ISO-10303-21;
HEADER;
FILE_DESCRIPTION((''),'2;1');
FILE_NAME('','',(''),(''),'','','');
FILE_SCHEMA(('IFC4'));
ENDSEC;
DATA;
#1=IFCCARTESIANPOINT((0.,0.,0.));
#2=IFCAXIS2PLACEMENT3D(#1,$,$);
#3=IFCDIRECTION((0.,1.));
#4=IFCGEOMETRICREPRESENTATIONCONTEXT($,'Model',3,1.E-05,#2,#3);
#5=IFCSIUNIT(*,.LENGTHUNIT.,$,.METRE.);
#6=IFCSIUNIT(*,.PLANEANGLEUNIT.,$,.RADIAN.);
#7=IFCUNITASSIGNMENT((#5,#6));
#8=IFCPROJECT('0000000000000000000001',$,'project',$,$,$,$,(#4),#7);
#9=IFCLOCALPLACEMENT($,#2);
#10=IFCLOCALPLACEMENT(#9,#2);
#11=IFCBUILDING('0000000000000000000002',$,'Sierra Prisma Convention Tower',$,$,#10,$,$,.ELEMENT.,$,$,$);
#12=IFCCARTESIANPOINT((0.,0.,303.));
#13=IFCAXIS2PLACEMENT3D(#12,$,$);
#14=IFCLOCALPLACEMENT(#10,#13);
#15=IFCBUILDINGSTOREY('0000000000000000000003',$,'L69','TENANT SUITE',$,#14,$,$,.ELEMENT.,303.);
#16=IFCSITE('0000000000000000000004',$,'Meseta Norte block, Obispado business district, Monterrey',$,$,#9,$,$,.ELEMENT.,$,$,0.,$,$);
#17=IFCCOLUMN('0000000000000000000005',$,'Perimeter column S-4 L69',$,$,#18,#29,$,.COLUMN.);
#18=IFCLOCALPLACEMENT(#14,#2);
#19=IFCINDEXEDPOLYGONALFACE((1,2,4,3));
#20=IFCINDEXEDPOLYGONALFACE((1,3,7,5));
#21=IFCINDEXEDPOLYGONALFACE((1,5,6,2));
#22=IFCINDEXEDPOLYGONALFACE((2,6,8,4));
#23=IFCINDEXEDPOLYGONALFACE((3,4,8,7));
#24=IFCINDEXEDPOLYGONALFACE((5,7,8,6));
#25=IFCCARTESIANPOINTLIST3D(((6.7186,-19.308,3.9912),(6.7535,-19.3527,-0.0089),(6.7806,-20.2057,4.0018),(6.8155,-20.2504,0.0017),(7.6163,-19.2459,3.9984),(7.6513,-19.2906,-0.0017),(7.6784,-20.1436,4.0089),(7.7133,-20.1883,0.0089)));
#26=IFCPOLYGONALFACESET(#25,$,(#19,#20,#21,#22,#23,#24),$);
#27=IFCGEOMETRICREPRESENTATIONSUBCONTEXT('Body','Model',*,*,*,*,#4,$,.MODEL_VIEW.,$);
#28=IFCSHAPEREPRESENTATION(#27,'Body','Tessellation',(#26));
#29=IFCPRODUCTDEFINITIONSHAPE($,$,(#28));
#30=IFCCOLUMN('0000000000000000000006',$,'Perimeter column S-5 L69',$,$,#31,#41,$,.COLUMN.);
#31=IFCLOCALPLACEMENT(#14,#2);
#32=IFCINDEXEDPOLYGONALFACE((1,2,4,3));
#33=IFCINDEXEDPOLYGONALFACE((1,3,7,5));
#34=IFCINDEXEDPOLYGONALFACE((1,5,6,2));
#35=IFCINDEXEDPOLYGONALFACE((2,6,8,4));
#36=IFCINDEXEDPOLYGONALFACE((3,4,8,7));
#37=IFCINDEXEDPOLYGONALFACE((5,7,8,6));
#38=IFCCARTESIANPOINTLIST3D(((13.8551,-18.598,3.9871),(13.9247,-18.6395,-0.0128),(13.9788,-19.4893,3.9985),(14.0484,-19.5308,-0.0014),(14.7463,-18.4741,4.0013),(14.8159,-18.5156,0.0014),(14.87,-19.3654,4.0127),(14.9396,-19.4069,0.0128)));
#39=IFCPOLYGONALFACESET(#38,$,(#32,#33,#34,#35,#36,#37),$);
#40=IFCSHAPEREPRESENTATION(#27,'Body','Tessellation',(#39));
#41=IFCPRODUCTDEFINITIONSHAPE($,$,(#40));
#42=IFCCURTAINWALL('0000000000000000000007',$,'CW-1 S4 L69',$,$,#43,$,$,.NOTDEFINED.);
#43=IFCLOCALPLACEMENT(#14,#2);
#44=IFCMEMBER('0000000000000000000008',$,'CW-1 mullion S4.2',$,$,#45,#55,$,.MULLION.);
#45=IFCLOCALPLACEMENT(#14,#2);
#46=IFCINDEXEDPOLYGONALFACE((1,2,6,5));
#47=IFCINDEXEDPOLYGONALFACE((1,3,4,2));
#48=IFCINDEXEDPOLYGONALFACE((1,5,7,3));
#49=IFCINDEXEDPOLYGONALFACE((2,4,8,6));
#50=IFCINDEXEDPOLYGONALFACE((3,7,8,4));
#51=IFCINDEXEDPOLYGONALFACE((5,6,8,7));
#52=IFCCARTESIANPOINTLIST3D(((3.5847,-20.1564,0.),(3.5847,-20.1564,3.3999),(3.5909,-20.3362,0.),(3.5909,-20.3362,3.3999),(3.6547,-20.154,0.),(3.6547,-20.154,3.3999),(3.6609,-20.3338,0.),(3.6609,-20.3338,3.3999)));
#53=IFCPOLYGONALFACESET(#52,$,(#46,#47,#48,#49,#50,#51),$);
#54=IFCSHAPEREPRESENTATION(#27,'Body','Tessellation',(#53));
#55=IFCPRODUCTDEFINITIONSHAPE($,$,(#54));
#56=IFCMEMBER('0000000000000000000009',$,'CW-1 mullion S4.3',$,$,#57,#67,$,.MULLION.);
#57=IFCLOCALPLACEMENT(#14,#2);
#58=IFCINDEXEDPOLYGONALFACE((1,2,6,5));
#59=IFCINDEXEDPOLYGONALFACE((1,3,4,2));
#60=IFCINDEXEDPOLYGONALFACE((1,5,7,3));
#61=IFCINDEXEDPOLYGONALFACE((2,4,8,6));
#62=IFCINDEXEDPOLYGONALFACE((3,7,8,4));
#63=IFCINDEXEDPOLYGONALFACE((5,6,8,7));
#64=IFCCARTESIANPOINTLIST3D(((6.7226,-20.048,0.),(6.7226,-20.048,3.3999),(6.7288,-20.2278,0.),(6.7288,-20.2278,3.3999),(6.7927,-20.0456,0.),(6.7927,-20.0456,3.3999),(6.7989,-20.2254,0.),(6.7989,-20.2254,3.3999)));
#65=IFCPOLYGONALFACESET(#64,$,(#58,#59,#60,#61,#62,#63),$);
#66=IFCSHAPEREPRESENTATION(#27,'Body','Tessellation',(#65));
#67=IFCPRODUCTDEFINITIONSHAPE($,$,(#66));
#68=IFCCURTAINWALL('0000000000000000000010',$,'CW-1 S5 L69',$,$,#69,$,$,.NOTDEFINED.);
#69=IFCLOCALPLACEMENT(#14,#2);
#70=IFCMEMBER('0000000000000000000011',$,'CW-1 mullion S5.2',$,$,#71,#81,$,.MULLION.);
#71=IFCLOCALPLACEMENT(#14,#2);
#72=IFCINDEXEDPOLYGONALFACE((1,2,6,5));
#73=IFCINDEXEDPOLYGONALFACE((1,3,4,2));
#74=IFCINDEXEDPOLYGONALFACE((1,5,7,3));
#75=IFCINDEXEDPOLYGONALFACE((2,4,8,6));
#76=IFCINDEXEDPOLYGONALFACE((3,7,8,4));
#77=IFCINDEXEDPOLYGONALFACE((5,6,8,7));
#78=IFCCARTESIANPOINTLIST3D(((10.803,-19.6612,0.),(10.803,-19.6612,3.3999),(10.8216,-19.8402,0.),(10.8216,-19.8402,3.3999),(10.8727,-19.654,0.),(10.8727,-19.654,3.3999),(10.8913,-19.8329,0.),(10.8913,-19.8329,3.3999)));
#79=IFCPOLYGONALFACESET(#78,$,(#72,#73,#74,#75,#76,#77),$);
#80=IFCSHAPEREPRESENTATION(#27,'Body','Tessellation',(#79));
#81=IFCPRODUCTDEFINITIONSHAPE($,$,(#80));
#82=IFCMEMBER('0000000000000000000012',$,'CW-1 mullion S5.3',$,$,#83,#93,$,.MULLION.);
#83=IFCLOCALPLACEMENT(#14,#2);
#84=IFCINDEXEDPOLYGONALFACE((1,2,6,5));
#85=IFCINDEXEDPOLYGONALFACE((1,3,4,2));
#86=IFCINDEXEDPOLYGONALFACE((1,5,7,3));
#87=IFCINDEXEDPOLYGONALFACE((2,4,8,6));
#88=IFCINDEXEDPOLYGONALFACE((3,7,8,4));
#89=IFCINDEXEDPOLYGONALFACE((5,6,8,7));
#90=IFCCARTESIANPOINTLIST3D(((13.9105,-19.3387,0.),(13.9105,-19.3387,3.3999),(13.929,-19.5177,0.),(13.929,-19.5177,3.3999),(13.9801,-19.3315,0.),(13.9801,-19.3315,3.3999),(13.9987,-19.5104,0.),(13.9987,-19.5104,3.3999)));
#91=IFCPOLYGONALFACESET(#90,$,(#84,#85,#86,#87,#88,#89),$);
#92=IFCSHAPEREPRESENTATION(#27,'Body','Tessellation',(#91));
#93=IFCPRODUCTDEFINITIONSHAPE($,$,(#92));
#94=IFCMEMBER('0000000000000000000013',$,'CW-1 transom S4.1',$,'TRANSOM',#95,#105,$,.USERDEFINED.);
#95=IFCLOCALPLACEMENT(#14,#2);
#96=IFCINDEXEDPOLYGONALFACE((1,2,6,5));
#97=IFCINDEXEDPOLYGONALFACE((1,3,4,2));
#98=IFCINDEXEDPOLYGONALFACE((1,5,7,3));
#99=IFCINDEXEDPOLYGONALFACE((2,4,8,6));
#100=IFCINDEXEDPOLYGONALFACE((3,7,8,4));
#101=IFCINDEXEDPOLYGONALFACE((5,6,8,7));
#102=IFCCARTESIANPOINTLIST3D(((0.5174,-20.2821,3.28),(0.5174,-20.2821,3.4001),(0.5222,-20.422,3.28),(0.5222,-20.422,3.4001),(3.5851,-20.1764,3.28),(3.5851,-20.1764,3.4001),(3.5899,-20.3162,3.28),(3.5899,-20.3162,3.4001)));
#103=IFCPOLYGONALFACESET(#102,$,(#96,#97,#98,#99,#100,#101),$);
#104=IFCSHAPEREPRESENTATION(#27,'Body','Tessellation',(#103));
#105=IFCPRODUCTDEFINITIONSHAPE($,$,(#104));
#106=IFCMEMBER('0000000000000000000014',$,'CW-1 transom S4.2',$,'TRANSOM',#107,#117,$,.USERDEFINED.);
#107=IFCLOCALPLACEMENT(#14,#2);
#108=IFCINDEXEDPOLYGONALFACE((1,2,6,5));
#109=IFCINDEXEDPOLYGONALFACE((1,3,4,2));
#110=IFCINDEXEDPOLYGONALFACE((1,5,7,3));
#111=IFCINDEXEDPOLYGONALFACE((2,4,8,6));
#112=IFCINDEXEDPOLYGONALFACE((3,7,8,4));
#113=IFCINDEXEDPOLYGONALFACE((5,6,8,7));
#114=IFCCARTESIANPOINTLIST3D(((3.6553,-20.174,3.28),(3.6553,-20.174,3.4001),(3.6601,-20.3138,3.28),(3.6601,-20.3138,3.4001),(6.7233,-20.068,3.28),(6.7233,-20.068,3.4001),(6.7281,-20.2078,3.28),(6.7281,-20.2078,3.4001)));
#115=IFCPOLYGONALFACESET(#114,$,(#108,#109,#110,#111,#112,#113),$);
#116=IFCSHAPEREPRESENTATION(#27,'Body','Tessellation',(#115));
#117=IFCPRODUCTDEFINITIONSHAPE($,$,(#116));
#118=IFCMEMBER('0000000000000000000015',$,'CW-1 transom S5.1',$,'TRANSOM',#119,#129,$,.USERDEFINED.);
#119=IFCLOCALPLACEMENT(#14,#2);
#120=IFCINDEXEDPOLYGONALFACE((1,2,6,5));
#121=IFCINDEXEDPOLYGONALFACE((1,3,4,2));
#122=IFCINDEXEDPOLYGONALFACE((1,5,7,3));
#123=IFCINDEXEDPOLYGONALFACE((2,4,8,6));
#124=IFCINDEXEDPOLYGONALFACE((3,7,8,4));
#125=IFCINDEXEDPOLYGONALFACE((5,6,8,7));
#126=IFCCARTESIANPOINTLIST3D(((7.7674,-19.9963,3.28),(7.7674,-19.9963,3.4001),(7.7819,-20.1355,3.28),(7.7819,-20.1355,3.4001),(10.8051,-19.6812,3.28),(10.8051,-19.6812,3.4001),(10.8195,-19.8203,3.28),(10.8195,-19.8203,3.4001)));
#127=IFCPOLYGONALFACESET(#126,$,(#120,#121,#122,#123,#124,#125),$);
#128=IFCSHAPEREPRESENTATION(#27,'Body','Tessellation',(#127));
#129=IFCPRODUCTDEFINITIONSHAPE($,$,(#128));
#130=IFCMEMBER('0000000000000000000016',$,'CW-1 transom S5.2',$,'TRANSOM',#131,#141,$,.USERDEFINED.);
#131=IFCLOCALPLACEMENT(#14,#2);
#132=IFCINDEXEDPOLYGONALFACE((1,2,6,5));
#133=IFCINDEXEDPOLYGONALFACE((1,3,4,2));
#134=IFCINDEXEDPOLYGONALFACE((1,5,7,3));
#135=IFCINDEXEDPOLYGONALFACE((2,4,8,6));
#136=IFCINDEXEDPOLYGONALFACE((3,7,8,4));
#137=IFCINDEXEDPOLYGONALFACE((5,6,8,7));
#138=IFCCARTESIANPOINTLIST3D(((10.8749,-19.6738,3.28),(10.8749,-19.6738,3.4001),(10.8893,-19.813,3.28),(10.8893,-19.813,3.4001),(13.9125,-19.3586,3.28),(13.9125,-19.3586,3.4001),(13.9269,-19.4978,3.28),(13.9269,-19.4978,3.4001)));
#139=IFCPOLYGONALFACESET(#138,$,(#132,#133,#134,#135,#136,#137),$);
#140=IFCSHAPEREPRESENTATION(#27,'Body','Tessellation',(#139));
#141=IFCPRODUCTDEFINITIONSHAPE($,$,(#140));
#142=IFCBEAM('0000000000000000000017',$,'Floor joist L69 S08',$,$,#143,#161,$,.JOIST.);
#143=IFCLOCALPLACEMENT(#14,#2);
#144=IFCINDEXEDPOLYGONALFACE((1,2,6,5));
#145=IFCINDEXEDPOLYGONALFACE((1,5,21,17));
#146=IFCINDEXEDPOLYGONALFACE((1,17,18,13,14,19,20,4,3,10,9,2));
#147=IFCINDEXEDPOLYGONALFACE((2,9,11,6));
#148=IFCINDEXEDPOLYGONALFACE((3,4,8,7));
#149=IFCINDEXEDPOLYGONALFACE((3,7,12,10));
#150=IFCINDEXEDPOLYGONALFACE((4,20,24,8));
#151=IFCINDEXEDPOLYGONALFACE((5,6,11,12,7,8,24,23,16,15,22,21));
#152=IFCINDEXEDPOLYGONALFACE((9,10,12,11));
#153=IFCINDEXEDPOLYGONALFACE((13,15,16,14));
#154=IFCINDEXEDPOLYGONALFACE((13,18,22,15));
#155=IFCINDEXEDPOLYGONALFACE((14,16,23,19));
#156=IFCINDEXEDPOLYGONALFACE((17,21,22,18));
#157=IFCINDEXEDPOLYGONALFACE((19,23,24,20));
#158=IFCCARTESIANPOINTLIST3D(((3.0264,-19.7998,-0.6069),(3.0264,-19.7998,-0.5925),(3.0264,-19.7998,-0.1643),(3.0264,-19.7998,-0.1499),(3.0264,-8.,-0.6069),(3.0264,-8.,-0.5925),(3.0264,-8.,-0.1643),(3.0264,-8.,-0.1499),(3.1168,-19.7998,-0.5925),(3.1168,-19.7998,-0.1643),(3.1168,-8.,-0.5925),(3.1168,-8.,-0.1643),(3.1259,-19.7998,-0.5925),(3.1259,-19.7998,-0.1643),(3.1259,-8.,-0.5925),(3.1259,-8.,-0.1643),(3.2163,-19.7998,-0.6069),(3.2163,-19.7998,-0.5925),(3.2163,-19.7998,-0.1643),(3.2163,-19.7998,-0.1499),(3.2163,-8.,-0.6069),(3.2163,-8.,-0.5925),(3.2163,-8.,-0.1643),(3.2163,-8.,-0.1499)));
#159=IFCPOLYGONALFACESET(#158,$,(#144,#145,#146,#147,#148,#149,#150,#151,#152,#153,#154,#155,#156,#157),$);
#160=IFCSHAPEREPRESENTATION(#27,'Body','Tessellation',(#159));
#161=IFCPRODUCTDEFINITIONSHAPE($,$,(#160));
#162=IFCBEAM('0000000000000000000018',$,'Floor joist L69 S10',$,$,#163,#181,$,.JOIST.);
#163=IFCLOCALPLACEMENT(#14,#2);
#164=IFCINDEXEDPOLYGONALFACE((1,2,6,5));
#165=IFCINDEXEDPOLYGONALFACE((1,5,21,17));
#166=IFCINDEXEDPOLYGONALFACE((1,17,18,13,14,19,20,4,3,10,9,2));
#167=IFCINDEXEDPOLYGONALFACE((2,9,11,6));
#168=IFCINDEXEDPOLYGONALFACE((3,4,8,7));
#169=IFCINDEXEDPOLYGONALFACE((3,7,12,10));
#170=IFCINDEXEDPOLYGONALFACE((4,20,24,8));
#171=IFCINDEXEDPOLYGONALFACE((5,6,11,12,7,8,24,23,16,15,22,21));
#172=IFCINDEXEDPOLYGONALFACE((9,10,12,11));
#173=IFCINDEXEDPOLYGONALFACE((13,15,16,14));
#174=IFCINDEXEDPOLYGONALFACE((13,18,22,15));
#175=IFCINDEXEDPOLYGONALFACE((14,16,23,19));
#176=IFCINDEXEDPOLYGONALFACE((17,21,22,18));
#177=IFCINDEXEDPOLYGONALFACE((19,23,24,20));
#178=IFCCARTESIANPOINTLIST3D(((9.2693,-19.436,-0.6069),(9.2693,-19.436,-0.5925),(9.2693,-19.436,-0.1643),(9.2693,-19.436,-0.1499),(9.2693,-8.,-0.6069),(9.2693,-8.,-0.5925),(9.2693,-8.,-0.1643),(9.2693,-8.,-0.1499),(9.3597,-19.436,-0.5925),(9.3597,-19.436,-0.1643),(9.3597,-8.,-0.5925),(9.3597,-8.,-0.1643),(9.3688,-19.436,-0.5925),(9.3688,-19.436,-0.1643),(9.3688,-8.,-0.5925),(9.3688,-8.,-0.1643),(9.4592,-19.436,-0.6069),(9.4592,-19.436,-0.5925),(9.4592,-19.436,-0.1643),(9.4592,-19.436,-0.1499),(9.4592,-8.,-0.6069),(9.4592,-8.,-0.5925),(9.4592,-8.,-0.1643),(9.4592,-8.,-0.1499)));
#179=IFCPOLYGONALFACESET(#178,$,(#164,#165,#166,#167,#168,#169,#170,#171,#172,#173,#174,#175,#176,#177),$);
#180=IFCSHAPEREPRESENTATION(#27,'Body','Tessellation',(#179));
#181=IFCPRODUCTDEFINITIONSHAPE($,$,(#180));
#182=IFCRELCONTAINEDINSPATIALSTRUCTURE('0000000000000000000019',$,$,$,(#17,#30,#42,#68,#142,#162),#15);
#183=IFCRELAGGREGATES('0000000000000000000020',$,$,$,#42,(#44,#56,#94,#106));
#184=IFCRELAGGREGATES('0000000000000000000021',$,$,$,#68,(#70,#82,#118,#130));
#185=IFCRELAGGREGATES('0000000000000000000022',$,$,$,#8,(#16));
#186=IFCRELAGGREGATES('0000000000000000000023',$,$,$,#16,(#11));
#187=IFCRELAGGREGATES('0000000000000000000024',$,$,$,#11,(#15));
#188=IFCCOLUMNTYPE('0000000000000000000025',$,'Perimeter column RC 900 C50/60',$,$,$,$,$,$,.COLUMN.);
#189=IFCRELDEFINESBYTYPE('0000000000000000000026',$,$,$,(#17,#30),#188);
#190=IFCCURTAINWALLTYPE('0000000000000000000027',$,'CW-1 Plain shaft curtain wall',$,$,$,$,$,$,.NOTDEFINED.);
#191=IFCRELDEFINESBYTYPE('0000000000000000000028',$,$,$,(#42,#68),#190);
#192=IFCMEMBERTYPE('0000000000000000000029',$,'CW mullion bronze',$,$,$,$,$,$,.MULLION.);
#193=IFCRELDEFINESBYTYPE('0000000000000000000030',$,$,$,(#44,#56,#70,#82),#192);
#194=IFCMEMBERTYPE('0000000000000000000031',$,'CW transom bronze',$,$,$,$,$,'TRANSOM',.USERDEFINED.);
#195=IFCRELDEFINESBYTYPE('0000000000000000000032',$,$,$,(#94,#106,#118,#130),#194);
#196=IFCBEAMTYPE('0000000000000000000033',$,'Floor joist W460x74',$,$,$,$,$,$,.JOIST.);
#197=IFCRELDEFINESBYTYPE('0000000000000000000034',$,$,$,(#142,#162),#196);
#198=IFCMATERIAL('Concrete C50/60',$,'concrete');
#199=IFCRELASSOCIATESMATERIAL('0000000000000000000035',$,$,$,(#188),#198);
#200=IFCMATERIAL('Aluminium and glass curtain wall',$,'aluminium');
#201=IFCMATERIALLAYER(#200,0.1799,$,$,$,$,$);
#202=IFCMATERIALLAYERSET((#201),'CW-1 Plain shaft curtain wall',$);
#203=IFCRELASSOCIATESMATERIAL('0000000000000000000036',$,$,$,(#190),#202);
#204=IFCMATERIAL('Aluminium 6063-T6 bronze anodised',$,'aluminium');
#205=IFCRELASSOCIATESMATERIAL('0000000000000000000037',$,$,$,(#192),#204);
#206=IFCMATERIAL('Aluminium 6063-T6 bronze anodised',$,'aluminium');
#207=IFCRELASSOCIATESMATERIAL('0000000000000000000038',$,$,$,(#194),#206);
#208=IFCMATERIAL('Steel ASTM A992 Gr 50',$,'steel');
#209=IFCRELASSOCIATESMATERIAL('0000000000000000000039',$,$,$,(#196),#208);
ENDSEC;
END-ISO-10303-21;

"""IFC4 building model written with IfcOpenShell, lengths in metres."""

from ifc_helpers import new_model, si_unit, direction, frame, origin, origin_2d, place, context, subcontext, project, spatial, rectangle, i_section, extrude, material, layer, layer_set, material_profile, profile_set, type_object, element, aggregate, save


model = new_model("IFC4")

# Units and contexts
model_context = context("Model", 3, precision=1e-05, world=origin(), true_north=direction((0.0, 1.0)))
body_context = subcontext(model_context, "Body", "Model", "MODEL_VIEW")
ifc_project = project(units=[si_unit("LENGTHUNIT", "METRE"), si_unit("PLANEANGLEUNIT", "RADIAN")], contexts=[model_context])

# Site, building, storey
site_placement = place(None, origin())
site = spatial("IfcSite", under=ifc_project, at=site_placement, Name="Meseta Norte block, Obispado business district, Monterrey", CompositionType="ELEMENT", RefElevation=0.0)
building_placement = place(site_placement, origin())
building = spatial("IfcBuilding", under=site, at=building_placement, Name="Sierra Prisma Convention Tower", CompositionType="ELEMENT")
storey_placement = place(building_placement, frame((0.0, 0.0, 303.0)))
storey = spatial("IfcBuildingStorey", under=building, at=storey_placement, Name="L69", Description="TENANT SUITE", CompositionType="ELEMENT", Elevation=303.0)

# Columns
ifc_material_1 = material(Name="Concrete C50/60", Category="concrete")
ifc_material_profile_1 = material_profile(ifc_material_1, rectangle(XDim=0.8999, YDim=0.8999, at=origin_2d()), Name="Perimeter column RC 900 C50/60")
ifc_profile_set_1 = profile_set([ifc_material_profile_1], Name="Concrete C50/60")
column_type = type_object("IfcColumnType", Name="Perimeter column RC 900 C50/60", PredefinedType="COLUMN", material=ifc_profile_set_1)
column_1_placement = place(storey_placement, frame((7.2334, -19.7705, 0.0), z_axis=(-0.008727, 0.011168, 0.9999), x_axis=(0.997586, 0.068993, 0.007936)))
element("IfcColumn", 1, at=column_1_placement, inside=storey, type_object=column_type, Name="Perimeter column S-4 L69", PredefinedType="COLUMN", context=body_context, shape_type="SweptSolid", body=[
    extrude(rectangle(XDim=0.8999, YDim=0.8999, at=origin_2d()), origin(), (0.0, 0.0, 1.0), 4.0005),
])
column_2_placement = place(storey_placement, frame((14.4321, -19.0232, 0.0), z_axis=(-0.017391, 0.010374, 0.999795), x_axis=(0.990356, 0.137642, 0.015799)))
element("IfcColumn", 2, at=column_2_placement, inside=storey, type_object=column_type, Name="Perimeter column S-5 L69", PredefinedType="COLUMN", context=body_context, shape_type="SweptSolid", body=[
    extrude(rectangle(XDim=0.8999, YDim=0.8999, at=origin_2d()), origin(), (0.0, 0.0, 1.0), 4.0007),
])

# Curtain walls, members
ifc_material_2 = material(Name="Aluminium and glass curtain wall", Category="aluminium")
ifc_layer_1 = layer(ifc_material_2, 0.1799)
ifc_layer_set_1 = layer_set([ifc_layer_1], Name="CW-1 Plain shaft curtain wall")
curtain_wall_type = type_object("IfcCurtainWallType", Name="CW-1 Plain shaft curtain wall", PredefinedType="NOTDEFINED", material=ifc_layer_set_1)
curtain_wall_1_placement = place(storey_placement, origin())
curtain_wall_1 = element("IfcCurtainWall", 3, at=curtain_wall_1_placement, inside=storey, type_object=curtain_wall_type, Name="CW-1 S4 L69", PredefinedType="NOTDEFINED")
ifc_material_3 = material(Name="Aluminium 6063-T6 bronze anodised", Category="aluminium")
ifc_material_profile_2 = material_profile(ifc_material_3, rectangle(XDim=0.1799, YDim=0.0701, at=origin_2d()), Name="ALU MULLION 70x180")
ifc_profile_set_2 = profile_set([ifc_material_profile_2], Name="Aluminium 6063-T6 bronze anodised")
member_type_1 = type_object("IfcMemberType", Name="CW mullion bronze", PredefinedType="MULLION", material=ifc_profile_set_2)
member_1_placement = place(storey_placement, frame((3.6228, -20.2451, 0.0), z_axis=(0.0, 0.0, 1.0), x_axis=(-0.03447, 0.999406, 0.0)))
member_1 = element("IfcMember", 4, at=member_1_placement, type_object=member_type_1, Name="CW-1 mullion S4.2", PredefinedType="MULLION", context=body_context, shape_type="SweptSolid", body=[
    extrude(rectangle(XDim=0.1799, YDim=0.0701, at=origin_2d()), origin(), (0.0, 0.0, 1.0), 3.3999),
])
member_2_placement = place(storey_placement, frame((6.7607, -20.1367, 0.0), z_axis=(0.0, 0.0, 1.0), x_axis=(-0.03447, 0.999406, 0.0)))
member_2 = element("IfcMember", 5, at=member_2_placement, type_object=member_type_1, Name="CW-1 mullion S4.3", PredefinedType="MULLION", context=body_context, shape_type="SweptSolid", body=[
    extrude(rectangle(XDim=0.1799, YDim=0.0701, at=origin_2d()), origin(), (0.0, 0.0, 1.0), 3.3999),
])
curtain_wall_2_placement = place(storey_placement, origin())
curtain_wall_2 = element("IfcCurtainWall", 6, at=curtain_wall_2_placement, inside=storey, type_object=curtain_wall_type, Name="CW-1 S5 L69", PredefinedType="NOTDEFINED")
member_3_placement = place(storey_placement, frame((10.8472, -19.7471, 0.0), z_axis=(0.0, 0.0, 1.0), x_axis=(-0.103246, 0.994656, 0.0)))
member_3 = element("IfcMember", 7, at=member_3_placement, type_object=member_type_1, Name="CW-1 mullion S5.2", PredefinedType="MULLION", context=body_context, shape_type="SweptSolid", body=[
    extrude(rectangle(XDim=0.1799, YDim=0.0701, at=origin_2d()), origin(), (0.0, 0.0, 1.0), 3.3999),
])
member_4_placement = place(storey_placement, frame((13.9546, -19.4246, 0.0), z_axis=(0.0, 0.0, 1.0), x_axis=(-0.103246, 0.994656, 0.0)))
member_4 = element("IfcMember", 8, at=member_4_placement, type_object=member_type_1, Name="CW-1 mullion S5.3", PredefinedType="MULLION", context=body_context, shape_type="SweptSolid", body=[
    extrude(rectangle(XDim=0.1799, YDim=0.0701, at=origin_2d()), origin(), (0.0, 0.0, 1.0), 3.3999),
])

# Members
ifc_material_4 = material(Name="Aluminium 6063-T6 bronze anodised", Category="aluminium")
ifc_material_profile_3 = material_profile(ifc_material_4, rectangle(XDim=0.1399, YDim=0.1201, at=origin_2d()), Name="ALU TRANSOM 120x140")
ifc_profile_set_3 = profile_set([ifc_material_profile_3], Name="Aluminium 6063-T6 bronze anodised")
member_type_2 = type_object("IfcMemberType", Name="CW transom bronze", ElementType="TRANSOM", PredefinedType="USERDEFINED", material=ifc_profile_set_3)
member_5_placement = place(storey_placement, frame((0.5198, -20.3521, 3.3401), z_axis=(0.999407, 0.034438, 0.0), x_axis=(-0.034438, 0.999407, 0.0)))
member_5 = element("IfcMember", 9, at=member_5_placement, type_object=member_type_2, Name="CW-1 transom S4.1", ObjectType="TRANSOM", PredefinedType="USERDEFINED", context=body_context, shape_type="SweptSolid", body=[
    extrude(rectangle(XDim=0.1399, YDim=0.1201, at=origin_2d()), origin(), (0.0, 0.0, 1.0), 3.0696),
])
member_6_placement = place(storey_placement, frame((3.6577, -20.2439, 3.3401), z_axis=(0.999404, 0.034514, 0.0), x_axis=(-0.034514, 0.999404, 0.0)))
member_6 = element("IfcMember", 10, at=member_6_placement, type_object=member_type_2, Name="CW-1 transom S4.2", ObjectType="TRANSOM", PredefinedType="USERDEFINED", context=body_context, shape_type="SweptSolid", body=[
    extrude(rectangle(XDim=0.1399, YDim=0.1201, at=origin_2d()), origin(), (0.0, 0.0, 1.0), 3.0698),
])
member_7_placement = place(storey_placement, frame((7.7747, -20.0659, 3.3401), z_axis=(0.99466, 0.103207, 0.0), x_axis=(-0.103207, 0.99466, 0.0)))
member_7 = element("IfcMember", 11, at=member_7_placement, type_object=member_type_2, Name="CW-1 transom S5.1", ObjectType="TRANSOM", PredefinedType="USERDEFINED", context=body_context, shape_type="SweptSolid", body=[
    extrude(rectangle(XDim=0.1399, YDim=0.1201, at=origin_2d()), origin(), (0.0, 0.0, 1.0), 3.054),
])
member_8_placement = place(storey_placement, frame((10.8821, -19.7434, 3.3401), z_axis=(0.99466, 0.103207, 0.0), x_axis=(-0.103207, 0.99466, 0.0)))
member_8 = element("IfcMember", 12, at=member_8_placement, type_object=member_type_2, Name="CW-1 transom S5.2", ObjectType="TRANSOM", PredefinedType="USERDEFINED", context=body_context, shape_type="SweptSolid", body=[
    extrude(rectangle(XDim=0.1399, YDim=0.1201, at=origin_2d()), origin(), (0.0, 0.0, 1.0), 3.054),
])

# Beams
ifc_material_5 = material(Name="Steel ASTM A992 Gr 50", Category="steel")
ifc_material_profile_4 = material_profile(ifc_material_5, i_section(OverallWidth=0.1899, OverallDepth=0.457, WebThickness=0.009, FlangeThickness=0.0144, at=origin_2d()), Name="W460x74")
ifc_profile_set_4 = profile_set([ifc_material_profile_4], Name="Steel ASTM A992 Gr 50")
beam_type_1 = type_object("IfcBeamType", Name="Floor joist W460x74", PredefinedType="JOIST", material=ifc_profile_set_4)
beam_1_placement = place(storey_placement, frame((3.1213, -19.7998, -0.3784), z_axis=(0.0, 1.0, 0.0), x_axis=(-1.0, 0.0, 0.0)))
element("IfcBeam", 13, at=beam_1_placement, inside=storey, type_object=beam_type_1, Name="Floor joist L69 S08", PredefinedType="JOIST", context=body_context, shape_type="SweptSolid", body=[
    extrude(i_section(OverallWidth=0.1899, OverallDepth=0.457, WebThickness=0.009, FlangeThickness=0.0144, at=origin_2d()), origin(), (0.0, 0.0, 1.0), 11.7998),
])
beam_2_placement = place(storey_placement, frame((9.3643, -19.436, -0.3784), z_axis=(0.0, 1.0, 0.0), x_axis=(-1.0, 0.0, 0.0)))
element("IfcBeam", 14, at=beam_2_placement, inside=storey, type_object=beam_type_1, Name="Floor joist L69 S10", PredefinedType="JOIST", context=body_context, shape_type="SweptSolid", body=[
    extrude(i_section(OverallWidth=0.1899, OverallDepth=0.457, WebThickness=0.009, FlangeThickness=0.0144, at=origin_2d()), origin(), (0.0, 0.0, 1.0), 11.436),
])

aggregate(curtain_wall_1, [member_1, member_2, member_5, member_6])
aggregate(curtain_wall_2, [member_3, member_4, member_7, member_8])

save(model, "model.ifc")
